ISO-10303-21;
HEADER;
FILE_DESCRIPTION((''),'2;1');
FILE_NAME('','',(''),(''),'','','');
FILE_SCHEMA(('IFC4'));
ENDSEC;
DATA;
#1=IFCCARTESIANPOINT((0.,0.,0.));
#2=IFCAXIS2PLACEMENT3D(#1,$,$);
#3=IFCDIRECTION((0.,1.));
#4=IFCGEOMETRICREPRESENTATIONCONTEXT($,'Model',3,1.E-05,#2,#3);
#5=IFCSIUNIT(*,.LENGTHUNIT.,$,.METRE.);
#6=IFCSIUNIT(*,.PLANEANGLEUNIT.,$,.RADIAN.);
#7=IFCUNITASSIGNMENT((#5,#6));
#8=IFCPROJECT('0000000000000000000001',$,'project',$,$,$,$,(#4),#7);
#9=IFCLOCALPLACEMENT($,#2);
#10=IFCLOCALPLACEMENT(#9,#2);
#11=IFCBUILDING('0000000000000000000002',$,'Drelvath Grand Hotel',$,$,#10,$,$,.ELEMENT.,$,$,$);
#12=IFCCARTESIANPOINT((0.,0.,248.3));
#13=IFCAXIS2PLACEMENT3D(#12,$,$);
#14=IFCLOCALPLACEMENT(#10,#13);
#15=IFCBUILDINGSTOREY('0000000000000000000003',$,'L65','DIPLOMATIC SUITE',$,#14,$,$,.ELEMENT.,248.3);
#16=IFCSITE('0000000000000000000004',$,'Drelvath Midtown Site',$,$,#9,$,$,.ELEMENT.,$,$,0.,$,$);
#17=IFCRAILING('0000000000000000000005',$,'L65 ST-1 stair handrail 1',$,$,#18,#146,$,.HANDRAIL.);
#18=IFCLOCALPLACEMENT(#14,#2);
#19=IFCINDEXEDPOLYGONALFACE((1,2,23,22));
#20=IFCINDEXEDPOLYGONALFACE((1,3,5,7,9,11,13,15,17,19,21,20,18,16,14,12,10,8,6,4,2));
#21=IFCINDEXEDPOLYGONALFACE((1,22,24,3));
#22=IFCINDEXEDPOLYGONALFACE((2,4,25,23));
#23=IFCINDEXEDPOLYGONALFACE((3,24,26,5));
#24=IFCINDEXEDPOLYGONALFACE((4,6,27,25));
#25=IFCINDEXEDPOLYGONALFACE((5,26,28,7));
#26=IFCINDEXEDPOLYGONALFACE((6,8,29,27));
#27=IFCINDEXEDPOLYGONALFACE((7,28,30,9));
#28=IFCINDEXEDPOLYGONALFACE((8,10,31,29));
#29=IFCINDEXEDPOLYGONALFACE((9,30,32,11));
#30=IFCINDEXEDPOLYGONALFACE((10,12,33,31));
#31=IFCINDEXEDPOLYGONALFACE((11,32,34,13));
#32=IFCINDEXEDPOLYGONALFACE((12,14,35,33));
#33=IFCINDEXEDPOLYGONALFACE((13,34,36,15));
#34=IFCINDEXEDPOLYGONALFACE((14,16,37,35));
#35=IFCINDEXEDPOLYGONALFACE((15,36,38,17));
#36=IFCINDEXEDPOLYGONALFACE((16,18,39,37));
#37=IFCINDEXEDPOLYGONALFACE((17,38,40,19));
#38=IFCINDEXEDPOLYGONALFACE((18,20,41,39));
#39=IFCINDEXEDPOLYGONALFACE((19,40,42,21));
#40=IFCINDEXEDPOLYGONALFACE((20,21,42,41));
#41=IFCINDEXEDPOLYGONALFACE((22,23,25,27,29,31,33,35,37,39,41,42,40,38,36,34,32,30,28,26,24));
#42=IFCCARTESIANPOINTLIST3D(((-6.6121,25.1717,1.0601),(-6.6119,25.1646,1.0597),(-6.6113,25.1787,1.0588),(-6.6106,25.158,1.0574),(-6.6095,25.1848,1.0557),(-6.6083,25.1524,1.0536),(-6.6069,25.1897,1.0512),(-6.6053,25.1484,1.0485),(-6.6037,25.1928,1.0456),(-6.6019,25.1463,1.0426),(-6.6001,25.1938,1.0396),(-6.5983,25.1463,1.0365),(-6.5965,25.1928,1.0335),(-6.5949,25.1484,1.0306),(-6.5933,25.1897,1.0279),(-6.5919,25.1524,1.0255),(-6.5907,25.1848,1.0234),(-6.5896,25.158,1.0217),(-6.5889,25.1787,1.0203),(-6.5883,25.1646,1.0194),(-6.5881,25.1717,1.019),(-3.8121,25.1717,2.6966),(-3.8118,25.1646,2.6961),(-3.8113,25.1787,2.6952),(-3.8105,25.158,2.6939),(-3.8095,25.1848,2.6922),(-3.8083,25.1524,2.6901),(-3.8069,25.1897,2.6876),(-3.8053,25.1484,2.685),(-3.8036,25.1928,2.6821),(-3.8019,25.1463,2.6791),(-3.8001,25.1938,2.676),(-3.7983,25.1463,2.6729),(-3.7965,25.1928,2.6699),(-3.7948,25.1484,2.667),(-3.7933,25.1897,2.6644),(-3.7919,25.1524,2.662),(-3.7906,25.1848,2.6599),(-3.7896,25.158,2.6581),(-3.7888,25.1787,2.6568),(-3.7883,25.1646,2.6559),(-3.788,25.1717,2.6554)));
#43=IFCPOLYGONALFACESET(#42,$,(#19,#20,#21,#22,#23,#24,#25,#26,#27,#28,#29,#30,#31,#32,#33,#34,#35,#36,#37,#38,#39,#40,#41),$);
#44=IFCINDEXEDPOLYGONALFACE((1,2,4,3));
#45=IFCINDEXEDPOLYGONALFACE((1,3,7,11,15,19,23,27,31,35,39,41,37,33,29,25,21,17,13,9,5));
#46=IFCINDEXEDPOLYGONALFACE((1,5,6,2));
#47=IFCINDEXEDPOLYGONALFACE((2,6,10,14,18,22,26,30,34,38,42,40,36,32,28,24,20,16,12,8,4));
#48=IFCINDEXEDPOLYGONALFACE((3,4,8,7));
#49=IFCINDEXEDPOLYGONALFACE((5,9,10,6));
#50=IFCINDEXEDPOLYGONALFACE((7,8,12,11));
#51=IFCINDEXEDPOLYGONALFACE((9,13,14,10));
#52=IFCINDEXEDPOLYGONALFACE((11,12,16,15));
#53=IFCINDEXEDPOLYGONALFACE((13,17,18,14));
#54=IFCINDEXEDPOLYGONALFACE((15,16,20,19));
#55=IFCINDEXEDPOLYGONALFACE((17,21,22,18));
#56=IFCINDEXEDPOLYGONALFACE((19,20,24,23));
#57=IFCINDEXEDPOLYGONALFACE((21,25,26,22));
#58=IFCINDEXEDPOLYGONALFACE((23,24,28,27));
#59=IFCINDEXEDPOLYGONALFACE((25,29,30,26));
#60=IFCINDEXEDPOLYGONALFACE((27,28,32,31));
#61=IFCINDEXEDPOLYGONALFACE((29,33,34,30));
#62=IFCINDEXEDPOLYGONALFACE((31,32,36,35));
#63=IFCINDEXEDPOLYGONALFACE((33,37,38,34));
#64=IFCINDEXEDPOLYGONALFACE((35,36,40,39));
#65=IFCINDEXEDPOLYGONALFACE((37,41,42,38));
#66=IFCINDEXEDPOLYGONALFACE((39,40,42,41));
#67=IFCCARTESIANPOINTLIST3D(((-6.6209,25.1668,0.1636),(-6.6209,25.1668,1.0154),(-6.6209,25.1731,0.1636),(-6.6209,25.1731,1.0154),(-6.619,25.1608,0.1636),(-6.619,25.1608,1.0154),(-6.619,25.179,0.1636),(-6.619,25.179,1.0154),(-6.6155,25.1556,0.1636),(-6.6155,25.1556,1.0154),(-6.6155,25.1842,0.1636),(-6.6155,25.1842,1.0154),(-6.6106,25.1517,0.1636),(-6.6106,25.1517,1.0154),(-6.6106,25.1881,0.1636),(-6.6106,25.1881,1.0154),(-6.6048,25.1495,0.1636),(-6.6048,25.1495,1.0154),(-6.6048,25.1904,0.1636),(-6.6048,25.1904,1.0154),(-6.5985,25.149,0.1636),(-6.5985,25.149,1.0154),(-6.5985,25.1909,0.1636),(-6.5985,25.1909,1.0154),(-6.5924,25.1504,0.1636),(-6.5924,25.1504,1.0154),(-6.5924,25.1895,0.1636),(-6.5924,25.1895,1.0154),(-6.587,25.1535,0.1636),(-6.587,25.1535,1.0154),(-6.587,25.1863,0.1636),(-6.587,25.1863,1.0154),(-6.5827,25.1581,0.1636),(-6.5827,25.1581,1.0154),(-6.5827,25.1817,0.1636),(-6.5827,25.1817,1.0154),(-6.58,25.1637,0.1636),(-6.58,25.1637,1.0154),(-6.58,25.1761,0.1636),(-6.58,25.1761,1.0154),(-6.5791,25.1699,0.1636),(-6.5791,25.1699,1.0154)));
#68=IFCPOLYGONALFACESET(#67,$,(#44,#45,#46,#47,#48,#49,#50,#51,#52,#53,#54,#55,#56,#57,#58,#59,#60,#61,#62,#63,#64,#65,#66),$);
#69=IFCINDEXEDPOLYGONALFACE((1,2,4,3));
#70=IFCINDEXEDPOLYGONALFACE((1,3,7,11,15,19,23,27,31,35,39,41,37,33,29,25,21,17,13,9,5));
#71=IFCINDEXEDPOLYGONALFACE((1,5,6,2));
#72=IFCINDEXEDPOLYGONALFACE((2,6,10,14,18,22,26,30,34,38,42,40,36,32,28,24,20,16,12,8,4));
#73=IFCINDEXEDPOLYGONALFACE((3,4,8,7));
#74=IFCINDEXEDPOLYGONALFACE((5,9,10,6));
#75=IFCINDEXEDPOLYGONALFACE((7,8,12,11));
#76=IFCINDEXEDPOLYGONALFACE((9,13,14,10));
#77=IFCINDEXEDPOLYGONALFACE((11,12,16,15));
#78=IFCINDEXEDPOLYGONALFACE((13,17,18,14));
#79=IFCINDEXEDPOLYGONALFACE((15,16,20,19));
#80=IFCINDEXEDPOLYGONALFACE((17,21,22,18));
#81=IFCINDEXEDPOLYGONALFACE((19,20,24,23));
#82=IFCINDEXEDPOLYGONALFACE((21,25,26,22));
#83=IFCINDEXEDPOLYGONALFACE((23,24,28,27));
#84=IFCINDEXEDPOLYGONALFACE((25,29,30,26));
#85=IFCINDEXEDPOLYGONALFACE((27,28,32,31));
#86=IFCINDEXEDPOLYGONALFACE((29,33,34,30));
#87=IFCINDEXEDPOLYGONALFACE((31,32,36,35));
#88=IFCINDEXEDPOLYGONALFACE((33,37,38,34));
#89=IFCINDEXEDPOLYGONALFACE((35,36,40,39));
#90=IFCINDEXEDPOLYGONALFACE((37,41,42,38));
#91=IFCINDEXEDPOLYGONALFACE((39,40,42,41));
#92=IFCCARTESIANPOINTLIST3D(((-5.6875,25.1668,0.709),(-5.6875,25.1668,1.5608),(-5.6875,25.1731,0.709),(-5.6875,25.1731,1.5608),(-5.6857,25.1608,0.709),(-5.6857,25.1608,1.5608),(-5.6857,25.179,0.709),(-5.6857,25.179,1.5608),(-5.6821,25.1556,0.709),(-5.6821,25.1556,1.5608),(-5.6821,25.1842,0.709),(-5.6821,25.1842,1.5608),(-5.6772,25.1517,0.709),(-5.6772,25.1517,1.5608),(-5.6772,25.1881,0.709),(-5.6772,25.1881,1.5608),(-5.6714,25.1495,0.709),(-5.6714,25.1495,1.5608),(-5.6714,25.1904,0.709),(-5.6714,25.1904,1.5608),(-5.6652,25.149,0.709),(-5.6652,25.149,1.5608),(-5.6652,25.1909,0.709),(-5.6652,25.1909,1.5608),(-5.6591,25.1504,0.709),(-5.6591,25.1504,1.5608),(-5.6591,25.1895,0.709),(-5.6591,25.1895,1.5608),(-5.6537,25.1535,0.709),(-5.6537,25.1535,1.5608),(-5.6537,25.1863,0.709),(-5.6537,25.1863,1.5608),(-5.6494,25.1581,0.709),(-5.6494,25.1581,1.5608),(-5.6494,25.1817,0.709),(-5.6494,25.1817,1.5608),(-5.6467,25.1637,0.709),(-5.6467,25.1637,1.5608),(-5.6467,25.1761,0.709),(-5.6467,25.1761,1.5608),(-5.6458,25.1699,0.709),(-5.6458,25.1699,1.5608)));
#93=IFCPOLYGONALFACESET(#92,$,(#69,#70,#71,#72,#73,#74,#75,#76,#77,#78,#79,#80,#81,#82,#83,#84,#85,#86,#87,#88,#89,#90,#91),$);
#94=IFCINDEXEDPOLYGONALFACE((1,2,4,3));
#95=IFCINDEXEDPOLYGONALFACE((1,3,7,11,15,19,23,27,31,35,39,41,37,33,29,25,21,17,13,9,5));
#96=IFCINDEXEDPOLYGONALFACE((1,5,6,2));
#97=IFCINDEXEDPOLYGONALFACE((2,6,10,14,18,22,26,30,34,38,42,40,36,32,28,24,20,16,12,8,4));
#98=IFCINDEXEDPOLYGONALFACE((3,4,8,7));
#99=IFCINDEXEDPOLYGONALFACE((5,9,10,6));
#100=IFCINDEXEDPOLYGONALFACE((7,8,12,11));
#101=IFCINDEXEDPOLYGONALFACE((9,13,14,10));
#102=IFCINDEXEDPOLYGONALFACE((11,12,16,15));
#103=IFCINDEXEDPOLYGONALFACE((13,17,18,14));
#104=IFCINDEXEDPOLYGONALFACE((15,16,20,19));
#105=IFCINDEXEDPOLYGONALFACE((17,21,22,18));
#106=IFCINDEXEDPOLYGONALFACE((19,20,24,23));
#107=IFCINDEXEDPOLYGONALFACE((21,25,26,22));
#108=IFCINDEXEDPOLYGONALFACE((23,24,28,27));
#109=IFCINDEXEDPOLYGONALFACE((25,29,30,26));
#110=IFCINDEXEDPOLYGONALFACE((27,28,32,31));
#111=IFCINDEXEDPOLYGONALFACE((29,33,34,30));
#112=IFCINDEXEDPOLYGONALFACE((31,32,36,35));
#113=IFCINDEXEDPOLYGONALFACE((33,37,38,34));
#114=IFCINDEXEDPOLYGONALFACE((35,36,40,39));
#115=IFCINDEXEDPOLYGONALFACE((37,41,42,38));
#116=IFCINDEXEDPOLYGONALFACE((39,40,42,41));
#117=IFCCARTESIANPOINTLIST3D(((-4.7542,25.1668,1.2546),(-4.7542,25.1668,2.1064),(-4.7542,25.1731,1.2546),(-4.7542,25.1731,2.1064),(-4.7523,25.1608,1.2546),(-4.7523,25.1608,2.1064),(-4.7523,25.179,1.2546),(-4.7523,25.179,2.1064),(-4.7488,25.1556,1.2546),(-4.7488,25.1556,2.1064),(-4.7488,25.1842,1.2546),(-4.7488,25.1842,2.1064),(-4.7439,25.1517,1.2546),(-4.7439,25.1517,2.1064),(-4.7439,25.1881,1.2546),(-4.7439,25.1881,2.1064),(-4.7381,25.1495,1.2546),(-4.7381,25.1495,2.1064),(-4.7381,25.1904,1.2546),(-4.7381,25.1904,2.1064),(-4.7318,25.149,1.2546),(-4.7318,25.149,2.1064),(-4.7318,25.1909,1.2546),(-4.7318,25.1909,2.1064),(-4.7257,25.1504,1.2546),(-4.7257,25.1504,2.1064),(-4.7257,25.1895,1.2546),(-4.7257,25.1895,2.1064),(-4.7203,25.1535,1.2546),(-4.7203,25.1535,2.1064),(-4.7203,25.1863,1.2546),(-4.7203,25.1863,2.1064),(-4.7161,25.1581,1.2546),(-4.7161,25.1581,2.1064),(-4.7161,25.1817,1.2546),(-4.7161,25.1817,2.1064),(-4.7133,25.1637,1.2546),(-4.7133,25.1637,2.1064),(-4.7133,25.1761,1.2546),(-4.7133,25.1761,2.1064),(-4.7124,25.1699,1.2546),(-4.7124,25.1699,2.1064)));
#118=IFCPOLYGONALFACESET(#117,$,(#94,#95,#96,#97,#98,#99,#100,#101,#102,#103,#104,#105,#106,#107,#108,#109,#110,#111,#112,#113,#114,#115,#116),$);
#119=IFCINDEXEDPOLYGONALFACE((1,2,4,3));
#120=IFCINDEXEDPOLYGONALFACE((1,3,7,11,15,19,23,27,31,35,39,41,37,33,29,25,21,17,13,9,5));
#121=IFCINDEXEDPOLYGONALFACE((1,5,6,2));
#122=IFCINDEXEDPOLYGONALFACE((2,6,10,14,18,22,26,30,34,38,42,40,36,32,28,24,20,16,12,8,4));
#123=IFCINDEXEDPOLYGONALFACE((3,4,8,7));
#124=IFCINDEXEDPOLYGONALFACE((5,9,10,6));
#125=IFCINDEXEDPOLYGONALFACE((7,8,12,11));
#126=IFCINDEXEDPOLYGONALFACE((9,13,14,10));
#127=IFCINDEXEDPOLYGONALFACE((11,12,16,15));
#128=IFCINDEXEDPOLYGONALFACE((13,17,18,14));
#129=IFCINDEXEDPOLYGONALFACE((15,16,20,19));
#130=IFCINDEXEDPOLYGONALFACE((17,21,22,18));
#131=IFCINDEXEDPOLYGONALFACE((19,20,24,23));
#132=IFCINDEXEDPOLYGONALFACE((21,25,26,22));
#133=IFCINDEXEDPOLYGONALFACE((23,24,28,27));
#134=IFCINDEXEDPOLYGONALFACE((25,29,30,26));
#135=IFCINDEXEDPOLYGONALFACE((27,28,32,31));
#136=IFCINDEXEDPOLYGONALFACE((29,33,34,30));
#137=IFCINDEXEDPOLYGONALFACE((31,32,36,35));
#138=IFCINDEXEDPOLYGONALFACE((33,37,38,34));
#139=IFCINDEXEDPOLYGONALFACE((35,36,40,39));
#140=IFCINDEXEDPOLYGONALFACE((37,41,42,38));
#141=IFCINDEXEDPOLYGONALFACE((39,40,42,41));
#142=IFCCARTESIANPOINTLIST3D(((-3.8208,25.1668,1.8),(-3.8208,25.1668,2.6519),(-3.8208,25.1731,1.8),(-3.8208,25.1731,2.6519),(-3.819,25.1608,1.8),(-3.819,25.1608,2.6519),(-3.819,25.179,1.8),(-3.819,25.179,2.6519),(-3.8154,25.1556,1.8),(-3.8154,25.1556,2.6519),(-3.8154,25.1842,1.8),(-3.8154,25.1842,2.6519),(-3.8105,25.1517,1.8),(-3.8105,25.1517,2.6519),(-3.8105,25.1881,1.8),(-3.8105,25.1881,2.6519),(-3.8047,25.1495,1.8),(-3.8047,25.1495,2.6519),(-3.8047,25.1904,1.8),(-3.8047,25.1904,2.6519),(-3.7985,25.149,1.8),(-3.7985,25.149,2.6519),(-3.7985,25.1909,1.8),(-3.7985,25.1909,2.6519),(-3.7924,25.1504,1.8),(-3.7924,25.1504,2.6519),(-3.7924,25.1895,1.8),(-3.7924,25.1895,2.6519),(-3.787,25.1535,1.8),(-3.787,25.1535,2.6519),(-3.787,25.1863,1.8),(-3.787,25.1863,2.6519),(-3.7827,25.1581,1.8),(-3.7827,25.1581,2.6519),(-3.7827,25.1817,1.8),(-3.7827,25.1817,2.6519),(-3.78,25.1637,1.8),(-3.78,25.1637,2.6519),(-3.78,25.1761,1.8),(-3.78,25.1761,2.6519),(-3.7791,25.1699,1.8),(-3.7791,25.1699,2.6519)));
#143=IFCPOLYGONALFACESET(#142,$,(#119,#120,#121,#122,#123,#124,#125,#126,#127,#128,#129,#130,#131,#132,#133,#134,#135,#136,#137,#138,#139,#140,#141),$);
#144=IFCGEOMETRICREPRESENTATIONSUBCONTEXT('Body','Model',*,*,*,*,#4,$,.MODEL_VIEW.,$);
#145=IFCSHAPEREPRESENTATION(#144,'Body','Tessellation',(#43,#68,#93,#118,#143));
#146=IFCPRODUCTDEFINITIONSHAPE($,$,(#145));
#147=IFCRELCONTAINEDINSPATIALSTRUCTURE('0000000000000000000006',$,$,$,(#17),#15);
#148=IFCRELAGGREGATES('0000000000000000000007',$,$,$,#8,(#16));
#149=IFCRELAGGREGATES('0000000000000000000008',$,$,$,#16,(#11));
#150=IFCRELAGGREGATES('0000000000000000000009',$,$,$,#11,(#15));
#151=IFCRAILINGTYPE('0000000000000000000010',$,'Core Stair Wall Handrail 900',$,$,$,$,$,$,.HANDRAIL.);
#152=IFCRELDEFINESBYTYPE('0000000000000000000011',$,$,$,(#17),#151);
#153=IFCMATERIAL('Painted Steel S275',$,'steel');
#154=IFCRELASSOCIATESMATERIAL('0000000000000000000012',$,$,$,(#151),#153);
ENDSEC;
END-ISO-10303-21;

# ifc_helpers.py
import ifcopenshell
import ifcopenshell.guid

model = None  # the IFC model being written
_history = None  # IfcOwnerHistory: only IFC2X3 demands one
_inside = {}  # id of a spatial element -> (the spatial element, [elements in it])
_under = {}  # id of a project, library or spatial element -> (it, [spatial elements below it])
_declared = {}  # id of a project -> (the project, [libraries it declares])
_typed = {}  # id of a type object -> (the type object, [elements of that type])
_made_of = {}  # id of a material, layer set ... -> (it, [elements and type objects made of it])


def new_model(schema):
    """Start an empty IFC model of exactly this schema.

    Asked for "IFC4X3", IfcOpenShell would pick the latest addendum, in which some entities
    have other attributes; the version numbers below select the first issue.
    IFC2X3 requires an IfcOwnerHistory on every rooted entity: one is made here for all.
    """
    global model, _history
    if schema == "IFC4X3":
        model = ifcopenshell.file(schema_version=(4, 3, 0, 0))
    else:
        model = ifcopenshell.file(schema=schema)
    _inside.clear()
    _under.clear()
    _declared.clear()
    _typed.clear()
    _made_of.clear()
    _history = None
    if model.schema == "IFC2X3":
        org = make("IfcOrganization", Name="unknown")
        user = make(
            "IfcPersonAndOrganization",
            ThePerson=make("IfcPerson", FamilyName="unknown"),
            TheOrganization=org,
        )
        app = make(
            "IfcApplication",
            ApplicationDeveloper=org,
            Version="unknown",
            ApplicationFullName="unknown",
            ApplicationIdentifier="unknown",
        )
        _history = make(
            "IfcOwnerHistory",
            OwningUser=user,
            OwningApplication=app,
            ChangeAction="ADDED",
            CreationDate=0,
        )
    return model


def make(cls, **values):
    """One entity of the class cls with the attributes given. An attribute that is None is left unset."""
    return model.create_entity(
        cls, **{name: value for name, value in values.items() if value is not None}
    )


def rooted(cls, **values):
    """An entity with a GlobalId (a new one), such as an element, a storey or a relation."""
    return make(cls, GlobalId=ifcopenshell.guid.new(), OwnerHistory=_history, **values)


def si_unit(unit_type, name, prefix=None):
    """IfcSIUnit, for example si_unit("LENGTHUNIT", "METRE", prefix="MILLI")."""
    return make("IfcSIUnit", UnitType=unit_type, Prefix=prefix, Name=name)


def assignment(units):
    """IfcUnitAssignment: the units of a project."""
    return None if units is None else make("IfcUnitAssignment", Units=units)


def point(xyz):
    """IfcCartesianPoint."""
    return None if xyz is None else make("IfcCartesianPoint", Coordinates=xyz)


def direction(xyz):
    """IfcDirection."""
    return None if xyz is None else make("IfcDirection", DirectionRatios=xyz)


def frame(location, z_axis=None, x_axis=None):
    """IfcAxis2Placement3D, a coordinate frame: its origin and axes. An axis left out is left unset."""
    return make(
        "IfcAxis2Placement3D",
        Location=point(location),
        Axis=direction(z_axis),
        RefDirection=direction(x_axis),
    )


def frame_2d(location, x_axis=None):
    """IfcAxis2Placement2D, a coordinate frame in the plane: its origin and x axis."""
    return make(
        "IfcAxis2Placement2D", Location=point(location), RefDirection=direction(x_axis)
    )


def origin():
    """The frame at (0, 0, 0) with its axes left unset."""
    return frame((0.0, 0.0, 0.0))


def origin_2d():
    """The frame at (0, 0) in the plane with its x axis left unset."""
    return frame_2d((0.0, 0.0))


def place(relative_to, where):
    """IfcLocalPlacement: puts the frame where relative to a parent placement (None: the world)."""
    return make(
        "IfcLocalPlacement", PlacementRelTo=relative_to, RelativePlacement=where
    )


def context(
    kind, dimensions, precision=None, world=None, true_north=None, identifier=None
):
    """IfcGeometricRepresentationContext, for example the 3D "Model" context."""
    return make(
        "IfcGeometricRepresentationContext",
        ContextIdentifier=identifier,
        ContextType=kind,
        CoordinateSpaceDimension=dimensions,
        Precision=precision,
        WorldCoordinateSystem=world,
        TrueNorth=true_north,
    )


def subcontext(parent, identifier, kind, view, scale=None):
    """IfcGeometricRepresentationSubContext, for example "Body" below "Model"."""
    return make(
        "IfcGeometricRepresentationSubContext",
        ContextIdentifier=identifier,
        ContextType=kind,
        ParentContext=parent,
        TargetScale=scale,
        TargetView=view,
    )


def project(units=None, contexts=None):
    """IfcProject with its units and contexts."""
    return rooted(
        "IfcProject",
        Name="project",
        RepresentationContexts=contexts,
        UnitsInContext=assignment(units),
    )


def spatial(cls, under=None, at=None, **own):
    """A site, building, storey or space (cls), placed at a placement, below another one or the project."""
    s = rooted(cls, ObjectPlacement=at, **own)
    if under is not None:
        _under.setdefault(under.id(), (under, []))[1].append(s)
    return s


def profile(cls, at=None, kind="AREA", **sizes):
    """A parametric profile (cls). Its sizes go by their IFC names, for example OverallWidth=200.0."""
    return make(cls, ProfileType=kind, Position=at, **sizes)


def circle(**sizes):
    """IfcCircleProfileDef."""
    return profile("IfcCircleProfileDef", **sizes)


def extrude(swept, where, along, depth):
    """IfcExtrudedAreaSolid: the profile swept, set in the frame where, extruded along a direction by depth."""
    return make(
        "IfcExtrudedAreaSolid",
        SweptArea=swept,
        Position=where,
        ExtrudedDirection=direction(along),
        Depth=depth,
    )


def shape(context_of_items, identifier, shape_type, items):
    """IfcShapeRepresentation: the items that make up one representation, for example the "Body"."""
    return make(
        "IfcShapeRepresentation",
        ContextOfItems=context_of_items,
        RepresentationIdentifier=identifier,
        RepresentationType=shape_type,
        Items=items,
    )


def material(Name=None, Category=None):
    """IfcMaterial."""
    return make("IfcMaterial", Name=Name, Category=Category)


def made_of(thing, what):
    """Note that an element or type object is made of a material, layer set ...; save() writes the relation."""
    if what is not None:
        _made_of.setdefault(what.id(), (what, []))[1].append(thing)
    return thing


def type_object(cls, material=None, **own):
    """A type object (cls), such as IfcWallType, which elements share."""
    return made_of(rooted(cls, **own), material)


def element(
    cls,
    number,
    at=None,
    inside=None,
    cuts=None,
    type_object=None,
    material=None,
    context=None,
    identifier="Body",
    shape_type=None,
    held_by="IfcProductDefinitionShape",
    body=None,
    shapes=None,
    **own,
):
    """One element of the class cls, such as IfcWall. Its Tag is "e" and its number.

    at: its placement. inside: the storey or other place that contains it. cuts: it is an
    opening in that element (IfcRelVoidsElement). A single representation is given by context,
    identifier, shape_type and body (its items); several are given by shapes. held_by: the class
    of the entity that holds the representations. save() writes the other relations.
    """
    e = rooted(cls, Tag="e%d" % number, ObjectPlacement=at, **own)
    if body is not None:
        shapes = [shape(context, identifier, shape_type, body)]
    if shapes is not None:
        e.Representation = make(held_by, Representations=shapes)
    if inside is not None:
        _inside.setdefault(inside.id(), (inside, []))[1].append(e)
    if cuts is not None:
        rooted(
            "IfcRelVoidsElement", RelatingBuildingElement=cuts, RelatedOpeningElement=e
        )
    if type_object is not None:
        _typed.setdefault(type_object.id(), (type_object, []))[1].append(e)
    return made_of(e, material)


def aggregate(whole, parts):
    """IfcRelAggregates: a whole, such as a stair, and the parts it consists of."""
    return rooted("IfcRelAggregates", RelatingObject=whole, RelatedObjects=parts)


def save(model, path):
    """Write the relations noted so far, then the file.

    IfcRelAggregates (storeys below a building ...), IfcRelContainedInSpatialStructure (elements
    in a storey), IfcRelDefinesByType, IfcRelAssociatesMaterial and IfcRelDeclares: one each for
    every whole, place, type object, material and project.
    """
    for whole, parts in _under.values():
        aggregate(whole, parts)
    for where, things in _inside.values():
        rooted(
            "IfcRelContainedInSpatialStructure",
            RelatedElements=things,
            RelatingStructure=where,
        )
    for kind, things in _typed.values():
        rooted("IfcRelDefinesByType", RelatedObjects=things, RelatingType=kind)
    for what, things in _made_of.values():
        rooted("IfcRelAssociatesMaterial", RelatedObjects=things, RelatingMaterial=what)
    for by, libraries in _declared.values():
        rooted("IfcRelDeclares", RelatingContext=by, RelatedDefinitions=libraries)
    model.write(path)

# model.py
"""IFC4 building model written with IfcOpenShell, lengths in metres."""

from ifc_helpers import new_model, si_unit, direction, frame, origin, origin_2d, place, context, subcontext, project, spatial, circle, extrude, material, type_object, element, save


model = new_model("IFC4")

# Units and contexts
model_context = context("Model", 3, precision=1e-05, world=origin(), true_north=direction((0.0, 1.0)))
body_context = subcontext(model_context, "Body", "Model", "MODEL_VIEW")
ifc_project = project(units=[si_unit("LENGTHUNIT", "METRE"), si_unit("PLANEANGLEUNIT", "RADIAN")], contexts=[model_context])

# Site, building, storey
site_placement = place(None, origin())
site = spatial("IfcSite", under=ifc_project, at=site_placement, Name="Drelvath Midtown Site", CompositionType="ELEMENT", RefElevation=0.0)
building_placement = place(site_placement, origin())
building = spatial("IfcBuilding", under=site, at=building_placement, Name="Drelvath Grand Hotel", CompositionType="ELEMENT")
storey_placement = place(building_placement, frame((0.0, 0.0, 248.3)))
storey = spatial("IfcBuildingStorey", under=building, at=storey_placement, Name="L65", Description="DIPLOMATIC SUITE", CompositionType="ELEMENT", Elevation=248.3)

# Shared definitions
ifc_material_1 = material(Name="Painted Steel S275", Category="steel")

# Railing
railing_type_1 = type_object("IfcRailingType", Name="Core Stair Wall Handrail 900", PredefinedType="HANDRAIL", material=ifc_material_1)
railing_1_placement = place(storey_placement, frame((-6.6001, 25.1699, 0.1636)))
element("IfcRailing", 1, at=railing_1_placement, inside=storey, type_object=railing_type_1, Name="L65 ST-1 stair handrail 1", PredefinedType="HANDRAIL", context=body_context, shape_type="SweptSolid", body=[
    extrude(circle(Radius=0.0239, at=origin_2d()), frame((0.0, 0.0, 0.876), z_axis=(0.863361, 0.0, 0.504587), x_axis=(0.0, 1.0, 0.0)), (0.0, 0.0, 1.0), 3.2432),
    extrude(circle(Radius=0.021, at=origin_2d()), origin(), (0.0, 0.0, 1.0), 0.8518),
    extrude(circle(Radius=0.021, at=origin_2d()), frame((0.9333, 0.0, 0.5454)), (0.0, 0.0, 1.0), 0.8518),
    extrude(circle(Radius=0.021, at=origin_2d()), frame((1.8667, 0.0, 1.0911)), (0.0, 0.0, 1.0), 0.8518),
    extrude(circle(Radius=0.021, at=origin_2d()), frame((2.8, 0.0, 1.6365)), (0.0, 0.0, 1.0), 0.8518),
])

save(model, "model.ifc")
